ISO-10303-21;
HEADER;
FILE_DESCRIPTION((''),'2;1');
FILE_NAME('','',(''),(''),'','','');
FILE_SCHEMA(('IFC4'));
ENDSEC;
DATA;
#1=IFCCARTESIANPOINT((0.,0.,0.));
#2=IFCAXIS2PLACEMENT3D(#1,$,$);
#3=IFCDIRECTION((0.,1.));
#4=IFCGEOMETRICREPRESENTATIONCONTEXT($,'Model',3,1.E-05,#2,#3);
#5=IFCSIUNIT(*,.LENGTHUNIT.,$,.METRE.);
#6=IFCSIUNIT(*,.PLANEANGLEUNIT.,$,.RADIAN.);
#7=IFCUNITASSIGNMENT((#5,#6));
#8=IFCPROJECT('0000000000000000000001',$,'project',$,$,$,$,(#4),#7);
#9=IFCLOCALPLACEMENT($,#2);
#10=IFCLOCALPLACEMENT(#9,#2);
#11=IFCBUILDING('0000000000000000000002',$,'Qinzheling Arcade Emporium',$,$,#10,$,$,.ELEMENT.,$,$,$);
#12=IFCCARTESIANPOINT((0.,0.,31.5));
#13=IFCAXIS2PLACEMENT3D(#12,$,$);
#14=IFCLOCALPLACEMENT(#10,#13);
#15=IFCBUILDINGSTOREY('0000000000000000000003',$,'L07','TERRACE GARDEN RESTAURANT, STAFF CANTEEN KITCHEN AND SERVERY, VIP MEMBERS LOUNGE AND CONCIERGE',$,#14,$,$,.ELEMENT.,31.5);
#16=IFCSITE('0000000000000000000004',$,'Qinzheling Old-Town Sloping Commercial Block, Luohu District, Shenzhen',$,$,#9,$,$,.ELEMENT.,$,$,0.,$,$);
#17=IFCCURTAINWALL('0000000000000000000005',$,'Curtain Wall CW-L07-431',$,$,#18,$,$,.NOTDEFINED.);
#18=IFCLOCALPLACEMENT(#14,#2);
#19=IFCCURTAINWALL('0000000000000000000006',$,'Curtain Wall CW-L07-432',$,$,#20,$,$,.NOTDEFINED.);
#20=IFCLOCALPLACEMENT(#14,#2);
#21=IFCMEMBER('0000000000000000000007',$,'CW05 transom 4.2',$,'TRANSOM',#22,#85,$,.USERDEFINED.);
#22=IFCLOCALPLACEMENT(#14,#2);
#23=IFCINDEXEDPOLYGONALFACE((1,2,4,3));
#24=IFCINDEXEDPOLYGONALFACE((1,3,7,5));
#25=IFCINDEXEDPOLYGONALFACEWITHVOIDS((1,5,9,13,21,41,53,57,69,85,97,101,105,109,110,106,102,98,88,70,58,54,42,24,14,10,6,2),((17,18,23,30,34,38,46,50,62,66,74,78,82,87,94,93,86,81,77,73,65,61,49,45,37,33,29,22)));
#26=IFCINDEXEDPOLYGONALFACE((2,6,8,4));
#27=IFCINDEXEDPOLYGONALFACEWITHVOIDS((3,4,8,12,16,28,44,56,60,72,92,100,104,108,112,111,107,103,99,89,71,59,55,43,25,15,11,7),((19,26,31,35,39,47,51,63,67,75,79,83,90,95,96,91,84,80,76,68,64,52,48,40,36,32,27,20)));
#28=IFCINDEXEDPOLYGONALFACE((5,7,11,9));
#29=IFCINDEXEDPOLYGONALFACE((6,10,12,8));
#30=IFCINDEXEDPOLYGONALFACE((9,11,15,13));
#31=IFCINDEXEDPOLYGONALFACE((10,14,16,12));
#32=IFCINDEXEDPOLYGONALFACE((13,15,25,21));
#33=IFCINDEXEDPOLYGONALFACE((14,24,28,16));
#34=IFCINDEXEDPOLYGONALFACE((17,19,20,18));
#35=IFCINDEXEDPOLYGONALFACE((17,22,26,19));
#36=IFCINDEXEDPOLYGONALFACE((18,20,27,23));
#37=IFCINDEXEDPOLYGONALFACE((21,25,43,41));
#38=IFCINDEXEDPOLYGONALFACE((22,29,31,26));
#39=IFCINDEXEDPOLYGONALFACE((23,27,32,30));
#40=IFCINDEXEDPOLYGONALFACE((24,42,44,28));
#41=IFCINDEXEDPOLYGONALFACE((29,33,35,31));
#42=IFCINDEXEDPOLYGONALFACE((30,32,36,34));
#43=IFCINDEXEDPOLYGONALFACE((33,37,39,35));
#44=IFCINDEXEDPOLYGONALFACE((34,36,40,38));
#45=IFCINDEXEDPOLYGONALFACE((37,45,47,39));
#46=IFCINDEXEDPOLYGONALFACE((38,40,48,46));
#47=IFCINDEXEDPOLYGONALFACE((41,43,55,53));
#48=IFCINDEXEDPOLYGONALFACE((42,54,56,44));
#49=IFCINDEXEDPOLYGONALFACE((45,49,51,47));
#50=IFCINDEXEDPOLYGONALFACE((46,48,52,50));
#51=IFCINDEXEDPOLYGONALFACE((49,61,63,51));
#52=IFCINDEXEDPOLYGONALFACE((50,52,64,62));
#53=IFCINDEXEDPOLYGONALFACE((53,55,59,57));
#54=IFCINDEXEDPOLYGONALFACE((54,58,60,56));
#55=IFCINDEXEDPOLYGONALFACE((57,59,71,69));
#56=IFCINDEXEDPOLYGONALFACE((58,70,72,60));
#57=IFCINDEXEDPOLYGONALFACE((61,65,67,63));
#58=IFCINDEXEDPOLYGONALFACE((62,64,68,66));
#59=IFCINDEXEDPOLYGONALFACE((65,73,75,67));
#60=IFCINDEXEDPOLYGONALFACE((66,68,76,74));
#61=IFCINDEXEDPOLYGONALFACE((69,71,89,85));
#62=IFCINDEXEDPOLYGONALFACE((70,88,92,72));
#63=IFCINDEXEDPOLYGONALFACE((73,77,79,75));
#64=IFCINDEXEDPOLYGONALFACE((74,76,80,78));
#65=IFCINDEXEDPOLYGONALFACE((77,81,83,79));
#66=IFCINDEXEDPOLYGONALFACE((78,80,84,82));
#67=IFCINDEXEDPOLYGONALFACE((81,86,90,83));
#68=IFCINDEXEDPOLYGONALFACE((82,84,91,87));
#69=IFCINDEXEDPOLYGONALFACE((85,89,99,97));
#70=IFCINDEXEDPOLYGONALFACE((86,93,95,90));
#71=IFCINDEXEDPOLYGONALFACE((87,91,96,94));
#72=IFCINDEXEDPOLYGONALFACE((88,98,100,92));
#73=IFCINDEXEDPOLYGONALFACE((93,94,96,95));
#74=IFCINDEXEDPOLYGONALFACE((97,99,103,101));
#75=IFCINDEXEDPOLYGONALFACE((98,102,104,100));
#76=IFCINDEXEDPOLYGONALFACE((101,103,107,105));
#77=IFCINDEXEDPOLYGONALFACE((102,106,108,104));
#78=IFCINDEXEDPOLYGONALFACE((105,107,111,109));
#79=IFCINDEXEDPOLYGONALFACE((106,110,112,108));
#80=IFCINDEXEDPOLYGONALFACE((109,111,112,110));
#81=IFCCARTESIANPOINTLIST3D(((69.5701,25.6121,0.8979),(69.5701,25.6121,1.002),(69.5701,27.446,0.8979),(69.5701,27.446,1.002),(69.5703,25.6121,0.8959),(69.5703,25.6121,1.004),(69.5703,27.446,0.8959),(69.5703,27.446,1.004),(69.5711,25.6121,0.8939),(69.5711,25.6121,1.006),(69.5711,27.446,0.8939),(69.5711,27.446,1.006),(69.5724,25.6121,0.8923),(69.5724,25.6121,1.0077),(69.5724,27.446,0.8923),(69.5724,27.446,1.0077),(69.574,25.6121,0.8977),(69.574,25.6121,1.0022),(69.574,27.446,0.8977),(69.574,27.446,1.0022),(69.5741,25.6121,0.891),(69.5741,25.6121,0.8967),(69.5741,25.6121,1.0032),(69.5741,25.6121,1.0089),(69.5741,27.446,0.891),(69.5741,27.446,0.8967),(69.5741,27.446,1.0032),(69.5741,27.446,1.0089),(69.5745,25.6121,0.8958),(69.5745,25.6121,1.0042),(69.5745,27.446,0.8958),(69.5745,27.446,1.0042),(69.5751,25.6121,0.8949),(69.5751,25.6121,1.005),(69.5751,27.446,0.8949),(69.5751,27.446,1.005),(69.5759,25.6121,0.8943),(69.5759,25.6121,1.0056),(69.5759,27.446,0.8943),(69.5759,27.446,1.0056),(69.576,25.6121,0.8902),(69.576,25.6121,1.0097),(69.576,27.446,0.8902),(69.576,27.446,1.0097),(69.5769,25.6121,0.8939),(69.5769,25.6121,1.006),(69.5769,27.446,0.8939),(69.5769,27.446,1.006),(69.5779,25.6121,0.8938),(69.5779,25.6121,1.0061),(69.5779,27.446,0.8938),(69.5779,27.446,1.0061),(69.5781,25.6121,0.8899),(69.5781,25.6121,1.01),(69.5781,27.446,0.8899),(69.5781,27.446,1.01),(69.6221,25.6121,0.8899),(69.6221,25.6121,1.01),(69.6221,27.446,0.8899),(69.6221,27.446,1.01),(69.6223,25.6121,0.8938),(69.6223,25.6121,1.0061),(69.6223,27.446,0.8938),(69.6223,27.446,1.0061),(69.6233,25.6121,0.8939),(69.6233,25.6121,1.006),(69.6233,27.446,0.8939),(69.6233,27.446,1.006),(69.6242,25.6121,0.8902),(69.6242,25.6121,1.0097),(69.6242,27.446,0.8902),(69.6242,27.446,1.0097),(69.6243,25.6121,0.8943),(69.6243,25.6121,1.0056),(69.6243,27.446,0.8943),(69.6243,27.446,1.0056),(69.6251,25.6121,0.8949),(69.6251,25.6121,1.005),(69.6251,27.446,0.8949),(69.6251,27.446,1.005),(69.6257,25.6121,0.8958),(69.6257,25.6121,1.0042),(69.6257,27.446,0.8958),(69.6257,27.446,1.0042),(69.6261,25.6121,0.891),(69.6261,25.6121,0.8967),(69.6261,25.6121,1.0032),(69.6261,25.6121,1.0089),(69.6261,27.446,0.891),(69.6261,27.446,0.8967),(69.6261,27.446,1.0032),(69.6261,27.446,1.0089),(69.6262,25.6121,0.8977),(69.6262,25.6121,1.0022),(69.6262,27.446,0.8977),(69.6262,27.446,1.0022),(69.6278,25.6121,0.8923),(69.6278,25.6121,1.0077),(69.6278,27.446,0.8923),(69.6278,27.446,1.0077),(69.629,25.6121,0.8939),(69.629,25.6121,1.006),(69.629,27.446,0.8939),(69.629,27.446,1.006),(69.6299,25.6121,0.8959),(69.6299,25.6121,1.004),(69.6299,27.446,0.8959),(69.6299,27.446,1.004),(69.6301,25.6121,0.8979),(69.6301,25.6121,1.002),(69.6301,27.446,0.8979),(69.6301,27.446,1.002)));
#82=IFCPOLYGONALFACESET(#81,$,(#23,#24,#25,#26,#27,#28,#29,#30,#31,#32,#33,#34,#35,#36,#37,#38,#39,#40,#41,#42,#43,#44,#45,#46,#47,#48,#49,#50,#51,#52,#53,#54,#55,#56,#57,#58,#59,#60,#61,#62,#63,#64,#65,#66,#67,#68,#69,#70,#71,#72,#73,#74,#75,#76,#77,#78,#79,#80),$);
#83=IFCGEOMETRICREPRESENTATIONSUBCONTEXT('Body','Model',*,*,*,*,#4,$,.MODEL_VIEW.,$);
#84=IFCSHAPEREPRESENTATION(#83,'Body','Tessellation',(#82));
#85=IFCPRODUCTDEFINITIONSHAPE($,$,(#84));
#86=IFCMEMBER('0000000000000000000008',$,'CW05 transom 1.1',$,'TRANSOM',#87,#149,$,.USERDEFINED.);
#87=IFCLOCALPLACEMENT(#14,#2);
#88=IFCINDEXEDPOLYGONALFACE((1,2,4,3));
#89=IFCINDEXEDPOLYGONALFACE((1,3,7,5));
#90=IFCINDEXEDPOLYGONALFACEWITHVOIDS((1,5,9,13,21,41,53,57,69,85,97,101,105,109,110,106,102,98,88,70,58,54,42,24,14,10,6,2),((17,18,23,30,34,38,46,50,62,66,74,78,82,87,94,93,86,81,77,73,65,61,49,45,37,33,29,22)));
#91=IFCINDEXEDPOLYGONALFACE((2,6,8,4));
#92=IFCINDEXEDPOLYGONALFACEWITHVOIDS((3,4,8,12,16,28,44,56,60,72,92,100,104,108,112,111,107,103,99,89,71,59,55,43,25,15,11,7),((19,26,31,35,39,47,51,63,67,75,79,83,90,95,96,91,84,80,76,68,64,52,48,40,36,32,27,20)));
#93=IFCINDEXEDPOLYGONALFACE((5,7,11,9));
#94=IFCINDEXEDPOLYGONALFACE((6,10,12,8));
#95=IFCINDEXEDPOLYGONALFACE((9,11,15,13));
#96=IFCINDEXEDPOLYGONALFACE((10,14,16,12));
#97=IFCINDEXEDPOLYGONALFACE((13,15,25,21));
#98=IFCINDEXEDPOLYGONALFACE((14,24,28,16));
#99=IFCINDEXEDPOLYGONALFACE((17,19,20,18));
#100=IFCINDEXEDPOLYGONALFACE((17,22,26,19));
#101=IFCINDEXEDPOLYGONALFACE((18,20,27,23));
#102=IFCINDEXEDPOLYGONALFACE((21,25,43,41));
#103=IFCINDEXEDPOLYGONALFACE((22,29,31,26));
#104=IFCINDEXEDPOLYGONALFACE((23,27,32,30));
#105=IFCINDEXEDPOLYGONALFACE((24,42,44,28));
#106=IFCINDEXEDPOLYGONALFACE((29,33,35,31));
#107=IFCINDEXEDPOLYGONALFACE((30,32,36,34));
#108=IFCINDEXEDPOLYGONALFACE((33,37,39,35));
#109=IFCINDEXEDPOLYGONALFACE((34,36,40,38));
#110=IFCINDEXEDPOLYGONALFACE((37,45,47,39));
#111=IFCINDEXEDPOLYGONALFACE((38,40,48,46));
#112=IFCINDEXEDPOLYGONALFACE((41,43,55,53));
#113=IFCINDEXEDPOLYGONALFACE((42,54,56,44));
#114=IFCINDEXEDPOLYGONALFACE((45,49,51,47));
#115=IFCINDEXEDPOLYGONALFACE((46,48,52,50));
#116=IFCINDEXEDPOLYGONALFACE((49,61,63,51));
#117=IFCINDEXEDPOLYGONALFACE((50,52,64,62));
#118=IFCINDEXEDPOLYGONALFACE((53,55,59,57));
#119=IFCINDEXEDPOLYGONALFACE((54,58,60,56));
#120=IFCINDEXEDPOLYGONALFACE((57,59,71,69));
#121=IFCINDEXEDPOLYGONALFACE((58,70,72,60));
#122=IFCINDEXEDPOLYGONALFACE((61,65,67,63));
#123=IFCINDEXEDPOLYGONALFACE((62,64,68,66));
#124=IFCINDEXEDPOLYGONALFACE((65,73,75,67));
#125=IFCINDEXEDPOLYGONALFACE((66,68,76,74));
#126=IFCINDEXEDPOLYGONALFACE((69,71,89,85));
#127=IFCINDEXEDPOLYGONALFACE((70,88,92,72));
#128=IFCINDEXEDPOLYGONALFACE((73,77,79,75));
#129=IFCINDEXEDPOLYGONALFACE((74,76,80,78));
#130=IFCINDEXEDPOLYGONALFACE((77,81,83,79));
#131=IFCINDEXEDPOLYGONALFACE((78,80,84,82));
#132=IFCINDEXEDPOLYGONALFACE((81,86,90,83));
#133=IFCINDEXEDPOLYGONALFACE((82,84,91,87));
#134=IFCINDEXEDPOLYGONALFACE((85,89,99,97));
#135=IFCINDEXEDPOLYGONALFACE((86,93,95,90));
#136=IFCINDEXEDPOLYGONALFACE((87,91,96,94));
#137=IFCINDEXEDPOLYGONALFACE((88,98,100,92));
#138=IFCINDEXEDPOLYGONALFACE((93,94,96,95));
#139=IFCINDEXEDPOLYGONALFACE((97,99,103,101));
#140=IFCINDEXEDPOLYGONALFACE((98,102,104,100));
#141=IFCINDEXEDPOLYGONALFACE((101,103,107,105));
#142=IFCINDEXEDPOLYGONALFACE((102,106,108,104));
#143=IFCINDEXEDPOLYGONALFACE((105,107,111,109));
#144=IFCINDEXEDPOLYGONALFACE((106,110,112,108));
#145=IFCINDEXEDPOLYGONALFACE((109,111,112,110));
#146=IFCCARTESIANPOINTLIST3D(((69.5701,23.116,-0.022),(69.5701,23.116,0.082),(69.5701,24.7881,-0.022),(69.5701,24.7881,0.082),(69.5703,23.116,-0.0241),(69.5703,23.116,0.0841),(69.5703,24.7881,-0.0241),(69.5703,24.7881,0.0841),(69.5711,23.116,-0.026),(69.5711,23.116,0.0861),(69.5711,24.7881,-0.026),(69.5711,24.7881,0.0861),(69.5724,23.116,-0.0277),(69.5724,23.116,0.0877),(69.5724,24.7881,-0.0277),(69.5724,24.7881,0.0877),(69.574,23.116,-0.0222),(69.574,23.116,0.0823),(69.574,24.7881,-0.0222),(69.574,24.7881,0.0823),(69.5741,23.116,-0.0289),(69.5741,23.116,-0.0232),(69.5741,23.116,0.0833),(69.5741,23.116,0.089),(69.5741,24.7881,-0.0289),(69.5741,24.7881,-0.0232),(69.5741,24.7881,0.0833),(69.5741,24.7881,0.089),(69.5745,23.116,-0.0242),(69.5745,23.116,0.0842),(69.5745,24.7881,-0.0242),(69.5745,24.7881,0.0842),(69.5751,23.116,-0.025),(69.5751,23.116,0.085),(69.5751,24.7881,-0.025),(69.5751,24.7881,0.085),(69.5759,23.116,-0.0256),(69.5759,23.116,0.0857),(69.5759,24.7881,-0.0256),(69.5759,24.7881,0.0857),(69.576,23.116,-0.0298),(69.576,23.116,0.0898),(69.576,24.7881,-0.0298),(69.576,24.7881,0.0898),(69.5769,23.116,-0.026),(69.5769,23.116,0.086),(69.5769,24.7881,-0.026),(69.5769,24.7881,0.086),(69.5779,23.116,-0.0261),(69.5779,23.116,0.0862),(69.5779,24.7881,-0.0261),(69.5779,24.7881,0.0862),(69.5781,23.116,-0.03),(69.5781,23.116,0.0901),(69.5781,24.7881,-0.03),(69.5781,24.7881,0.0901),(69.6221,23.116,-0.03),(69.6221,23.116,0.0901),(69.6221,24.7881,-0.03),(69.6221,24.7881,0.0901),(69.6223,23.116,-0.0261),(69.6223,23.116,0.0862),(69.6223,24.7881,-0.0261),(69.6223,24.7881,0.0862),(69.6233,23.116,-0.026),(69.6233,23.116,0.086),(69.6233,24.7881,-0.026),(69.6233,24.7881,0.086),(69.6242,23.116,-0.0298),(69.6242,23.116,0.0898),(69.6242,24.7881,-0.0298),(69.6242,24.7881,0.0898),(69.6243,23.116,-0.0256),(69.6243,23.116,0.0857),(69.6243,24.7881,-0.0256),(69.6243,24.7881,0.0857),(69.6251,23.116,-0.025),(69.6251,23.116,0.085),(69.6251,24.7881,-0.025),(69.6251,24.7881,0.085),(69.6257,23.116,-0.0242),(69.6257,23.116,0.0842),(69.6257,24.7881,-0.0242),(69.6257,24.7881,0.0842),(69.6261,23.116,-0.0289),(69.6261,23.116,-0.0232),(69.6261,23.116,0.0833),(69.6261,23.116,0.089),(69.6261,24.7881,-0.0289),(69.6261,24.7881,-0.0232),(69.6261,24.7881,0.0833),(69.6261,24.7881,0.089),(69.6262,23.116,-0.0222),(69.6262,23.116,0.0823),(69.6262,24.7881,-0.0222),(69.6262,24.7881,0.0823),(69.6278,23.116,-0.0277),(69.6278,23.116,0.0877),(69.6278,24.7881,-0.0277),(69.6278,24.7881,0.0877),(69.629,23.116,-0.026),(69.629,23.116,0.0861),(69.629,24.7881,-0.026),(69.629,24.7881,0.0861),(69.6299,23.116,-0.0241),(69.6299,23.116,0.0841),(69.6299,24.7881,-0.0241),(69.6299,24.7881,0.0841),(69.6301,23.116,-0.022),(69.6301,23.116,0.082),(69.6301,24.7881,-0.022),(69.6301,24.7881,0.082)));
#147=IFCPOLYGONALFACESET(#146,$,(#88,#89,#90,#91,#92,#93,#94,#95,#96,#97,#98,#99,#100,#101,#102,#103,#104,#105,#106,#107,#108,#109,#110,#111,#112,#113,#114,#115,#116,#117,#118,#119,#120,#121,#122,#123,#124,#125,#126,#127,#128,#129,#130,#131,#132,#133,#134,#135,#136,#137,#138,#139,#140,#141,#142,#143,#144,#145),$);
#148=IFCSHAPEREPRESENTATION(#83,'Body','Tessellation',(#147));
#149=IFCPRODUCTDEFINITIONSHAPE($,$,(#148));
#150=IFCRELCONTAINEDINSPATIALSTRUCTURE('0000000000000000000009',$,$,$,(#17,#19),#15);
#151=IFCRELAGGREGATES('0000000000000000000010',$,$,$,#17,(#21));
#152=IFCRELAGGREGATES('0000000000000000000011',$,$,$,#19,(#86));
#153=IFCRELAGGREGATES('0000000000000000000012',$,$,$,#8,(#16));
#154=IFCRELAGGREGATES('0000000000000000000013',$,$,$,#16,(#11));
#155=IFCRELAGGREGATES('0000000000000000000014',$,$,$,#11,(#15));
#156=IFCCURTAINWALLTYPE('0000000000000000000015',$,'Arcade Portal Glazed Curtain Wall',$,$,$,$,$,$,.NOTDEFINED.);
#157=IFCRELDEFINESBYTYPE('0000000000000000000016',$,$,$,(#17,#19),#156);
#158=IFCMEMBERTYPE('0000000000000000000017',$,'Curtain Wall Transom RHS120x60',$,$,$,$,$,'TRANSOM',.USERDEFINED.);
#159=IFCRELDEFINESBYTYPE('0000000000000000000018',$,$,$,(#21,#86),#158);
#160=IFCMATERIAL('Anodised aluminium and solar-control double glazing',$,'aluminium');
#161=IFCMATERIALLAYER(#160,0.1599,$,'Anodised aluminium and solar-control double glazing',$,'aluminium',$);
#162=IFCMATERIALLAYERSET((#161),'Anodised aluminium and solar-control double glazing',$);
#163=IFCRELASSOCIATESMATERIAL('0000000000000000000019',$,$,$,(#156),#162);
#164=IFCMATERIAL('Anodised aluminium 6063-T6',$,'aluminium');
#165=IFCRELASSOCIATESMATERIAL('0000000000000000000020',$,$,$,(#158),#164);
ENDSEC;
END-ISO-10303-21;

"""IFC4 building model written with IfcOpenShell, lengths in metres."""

from ifc_helpers import new_model, si_unit, direction, frame, origin, origin_2d, place, context, subcontext, project, spatial, hollow_rectangle, extrude, material, layer, layer_set, material_profile, profile_set, type_object, element, aggregate, save


model = new_model("IFC4")

# Units and contexts
model_context = context("Model", 3, precision=1e-05, world=origin(), true_north=direction((0.0, 1.0)))
body_context = subcontext(model_context, "Body", "Model", "MODEL_VIEW")
ifc_project = project(units=[si_unit("LENGTHUNIT", "METRE"), si_unit("PLANEANGLEUNIT", "RADIAN")], contexts=[model_context])

# Site, building, storey
site_placement = place(None, origin())
site = spatial("IfcSite", under=ifc_project, at=site_placement, Name="Qinzheling Old-Town Sloping Commercial Block, Luohu District, Shenzhen", CompositionType="ELEMENT", RefElevation=0.0)
building_placement = place(site_placement, origin())
building = spatial("IfcBuilding", under=site, at=building_placement, Name="Qinzheling Arcade Emporium", CompositionType="ELEMENT")
storey_placement = place(building_placement, frame((0.0, 0.0, 31.5)))
storey = spatial("IfcBuildingStorey", under=building, at=storey_placement, Name="L07", Description="TERRACE GARDEN RESTAURANT, STAFF CANTEEN KITCHEN AND SERVERY, VIP MEMBERS LOUNGE AND CONCIERGE", CompositionType="ELEMENT", Elevation=31.5)

# Curtain wall
ifc_material_1 = material(Name="Anodised aluminium and solar-control double glazing", Category="aluminium")
ifc_layer_1 = layer(ifc_material_1, 0.1599, Name="Anodised aluminium and solar-control double glazing", Category="aluminium")
ifc_layer_set_1 = layer_set([ifc_layer_1], Name="Anodised aluminium and solar-control double glazing")
curtain_wall_type = type_object("IfcCurtainWallType", Name="Arcade Portal Glazed Curtain Wall", PredefinedType="NOTDEFINED", material=ifc_layer_set_1)
curtain_wall_1_placement = place(storey_placement, origin())
curtain_wall_1 = element("IfcCurtainWall", 1, at=curtain_wall_1_placement, inside=storey, type_object=curtain_wall_type, Name="Curtain Wall CW-L07-431", PredefinedType="NOTDEFINED")
ifc_material_2 = material(Name="Anodised aluminium 6063-T6", Category="aluminium")

# Curtain wall
curtain_wall_2_placement = place(storey_placement, origin())
curtain_wall_2 = element("IfcCurtainWall", 2, at=curtain_wall_2_placement, inside=storey, type_object=curtain_wall_type, Name="Curtain Wall CW-L07-432", PredefinedType="NOTDEFINED")

# Members
ifc_material_profile_1 = material_profile(ifc_material_2, hollow_rectangle(XDim=0.0601, YDim=0.1201, WallThickness=0.0039, InnerFilletRadius=0.0039, OuterFilletRadius=0.0081, at=origin_2d()), Name="RHS 120x60x4", Category="aluminium")
ifc_profile_set_1 = profile_set([ifc_material_profile_1], Name="Anodised aluminium 6063-T6")
member_type_1 = type_object("IfcMemberType", Name="Curtain Wall Transom RHS120x60", ElementType="TRANSOM", PredefinedType="USERDEFINED", material=ifc_profile_set_1)
member_1_placement = place(storey_placement, frame((69.6001, 27.446, 0.95), z_axis=(0.0, -1.0, 0.0), x_axis=(1.0, 0.0, 0.0)))
member_1 = element("IfcMember", 3, at=member_1_placement, type_object=member_type_1, Name="CW05 transom 4.2", ObjectType="TRANSOM", PredefinedType="USERDEFINED", context=body_context, shape_type="SweptSolid", body=[
    extrude(hollow_rectangle(XDim=0.0601, YDim=0.1201, WallThickness=0.0039, InnerFilletRadius=0.0039, OuterFilletRadius=0.0081, at=origin_2d()), origin(), (0.0, 0.0, 1.0), 1.834),
])
member_2_placement = place(storey_placement, frame((69.6001, 24.7881, 0.03), z_axis=(0.0, -1.0, 0.0), x_axis=(1.0, 0.0, 0.0)))
member_2 = element("IfcMember", 4, at=member_2_placement, type_object=member_type_1, Name="CW05 transom 1.1", ObjectType="TRANSOM", PredefinedType="USERDEFINED", context=body_context, shape_type="SweptSolid", body=[
    extrude(hollow_rectangle(XDim=0.0601, YDim=0.1201, WallThickness=0.0039, InnerFilletRadius=0.0039, OuterFilletRadius=0.0081, at=origin_2d()), origin(), (0.0, 0.0, 1.0), 1.6721),
])

aggregate(curtain_wall_1, [member_1])
aggregate(curtain_wall_2, [member_2])

save(model, "model.ifc")
